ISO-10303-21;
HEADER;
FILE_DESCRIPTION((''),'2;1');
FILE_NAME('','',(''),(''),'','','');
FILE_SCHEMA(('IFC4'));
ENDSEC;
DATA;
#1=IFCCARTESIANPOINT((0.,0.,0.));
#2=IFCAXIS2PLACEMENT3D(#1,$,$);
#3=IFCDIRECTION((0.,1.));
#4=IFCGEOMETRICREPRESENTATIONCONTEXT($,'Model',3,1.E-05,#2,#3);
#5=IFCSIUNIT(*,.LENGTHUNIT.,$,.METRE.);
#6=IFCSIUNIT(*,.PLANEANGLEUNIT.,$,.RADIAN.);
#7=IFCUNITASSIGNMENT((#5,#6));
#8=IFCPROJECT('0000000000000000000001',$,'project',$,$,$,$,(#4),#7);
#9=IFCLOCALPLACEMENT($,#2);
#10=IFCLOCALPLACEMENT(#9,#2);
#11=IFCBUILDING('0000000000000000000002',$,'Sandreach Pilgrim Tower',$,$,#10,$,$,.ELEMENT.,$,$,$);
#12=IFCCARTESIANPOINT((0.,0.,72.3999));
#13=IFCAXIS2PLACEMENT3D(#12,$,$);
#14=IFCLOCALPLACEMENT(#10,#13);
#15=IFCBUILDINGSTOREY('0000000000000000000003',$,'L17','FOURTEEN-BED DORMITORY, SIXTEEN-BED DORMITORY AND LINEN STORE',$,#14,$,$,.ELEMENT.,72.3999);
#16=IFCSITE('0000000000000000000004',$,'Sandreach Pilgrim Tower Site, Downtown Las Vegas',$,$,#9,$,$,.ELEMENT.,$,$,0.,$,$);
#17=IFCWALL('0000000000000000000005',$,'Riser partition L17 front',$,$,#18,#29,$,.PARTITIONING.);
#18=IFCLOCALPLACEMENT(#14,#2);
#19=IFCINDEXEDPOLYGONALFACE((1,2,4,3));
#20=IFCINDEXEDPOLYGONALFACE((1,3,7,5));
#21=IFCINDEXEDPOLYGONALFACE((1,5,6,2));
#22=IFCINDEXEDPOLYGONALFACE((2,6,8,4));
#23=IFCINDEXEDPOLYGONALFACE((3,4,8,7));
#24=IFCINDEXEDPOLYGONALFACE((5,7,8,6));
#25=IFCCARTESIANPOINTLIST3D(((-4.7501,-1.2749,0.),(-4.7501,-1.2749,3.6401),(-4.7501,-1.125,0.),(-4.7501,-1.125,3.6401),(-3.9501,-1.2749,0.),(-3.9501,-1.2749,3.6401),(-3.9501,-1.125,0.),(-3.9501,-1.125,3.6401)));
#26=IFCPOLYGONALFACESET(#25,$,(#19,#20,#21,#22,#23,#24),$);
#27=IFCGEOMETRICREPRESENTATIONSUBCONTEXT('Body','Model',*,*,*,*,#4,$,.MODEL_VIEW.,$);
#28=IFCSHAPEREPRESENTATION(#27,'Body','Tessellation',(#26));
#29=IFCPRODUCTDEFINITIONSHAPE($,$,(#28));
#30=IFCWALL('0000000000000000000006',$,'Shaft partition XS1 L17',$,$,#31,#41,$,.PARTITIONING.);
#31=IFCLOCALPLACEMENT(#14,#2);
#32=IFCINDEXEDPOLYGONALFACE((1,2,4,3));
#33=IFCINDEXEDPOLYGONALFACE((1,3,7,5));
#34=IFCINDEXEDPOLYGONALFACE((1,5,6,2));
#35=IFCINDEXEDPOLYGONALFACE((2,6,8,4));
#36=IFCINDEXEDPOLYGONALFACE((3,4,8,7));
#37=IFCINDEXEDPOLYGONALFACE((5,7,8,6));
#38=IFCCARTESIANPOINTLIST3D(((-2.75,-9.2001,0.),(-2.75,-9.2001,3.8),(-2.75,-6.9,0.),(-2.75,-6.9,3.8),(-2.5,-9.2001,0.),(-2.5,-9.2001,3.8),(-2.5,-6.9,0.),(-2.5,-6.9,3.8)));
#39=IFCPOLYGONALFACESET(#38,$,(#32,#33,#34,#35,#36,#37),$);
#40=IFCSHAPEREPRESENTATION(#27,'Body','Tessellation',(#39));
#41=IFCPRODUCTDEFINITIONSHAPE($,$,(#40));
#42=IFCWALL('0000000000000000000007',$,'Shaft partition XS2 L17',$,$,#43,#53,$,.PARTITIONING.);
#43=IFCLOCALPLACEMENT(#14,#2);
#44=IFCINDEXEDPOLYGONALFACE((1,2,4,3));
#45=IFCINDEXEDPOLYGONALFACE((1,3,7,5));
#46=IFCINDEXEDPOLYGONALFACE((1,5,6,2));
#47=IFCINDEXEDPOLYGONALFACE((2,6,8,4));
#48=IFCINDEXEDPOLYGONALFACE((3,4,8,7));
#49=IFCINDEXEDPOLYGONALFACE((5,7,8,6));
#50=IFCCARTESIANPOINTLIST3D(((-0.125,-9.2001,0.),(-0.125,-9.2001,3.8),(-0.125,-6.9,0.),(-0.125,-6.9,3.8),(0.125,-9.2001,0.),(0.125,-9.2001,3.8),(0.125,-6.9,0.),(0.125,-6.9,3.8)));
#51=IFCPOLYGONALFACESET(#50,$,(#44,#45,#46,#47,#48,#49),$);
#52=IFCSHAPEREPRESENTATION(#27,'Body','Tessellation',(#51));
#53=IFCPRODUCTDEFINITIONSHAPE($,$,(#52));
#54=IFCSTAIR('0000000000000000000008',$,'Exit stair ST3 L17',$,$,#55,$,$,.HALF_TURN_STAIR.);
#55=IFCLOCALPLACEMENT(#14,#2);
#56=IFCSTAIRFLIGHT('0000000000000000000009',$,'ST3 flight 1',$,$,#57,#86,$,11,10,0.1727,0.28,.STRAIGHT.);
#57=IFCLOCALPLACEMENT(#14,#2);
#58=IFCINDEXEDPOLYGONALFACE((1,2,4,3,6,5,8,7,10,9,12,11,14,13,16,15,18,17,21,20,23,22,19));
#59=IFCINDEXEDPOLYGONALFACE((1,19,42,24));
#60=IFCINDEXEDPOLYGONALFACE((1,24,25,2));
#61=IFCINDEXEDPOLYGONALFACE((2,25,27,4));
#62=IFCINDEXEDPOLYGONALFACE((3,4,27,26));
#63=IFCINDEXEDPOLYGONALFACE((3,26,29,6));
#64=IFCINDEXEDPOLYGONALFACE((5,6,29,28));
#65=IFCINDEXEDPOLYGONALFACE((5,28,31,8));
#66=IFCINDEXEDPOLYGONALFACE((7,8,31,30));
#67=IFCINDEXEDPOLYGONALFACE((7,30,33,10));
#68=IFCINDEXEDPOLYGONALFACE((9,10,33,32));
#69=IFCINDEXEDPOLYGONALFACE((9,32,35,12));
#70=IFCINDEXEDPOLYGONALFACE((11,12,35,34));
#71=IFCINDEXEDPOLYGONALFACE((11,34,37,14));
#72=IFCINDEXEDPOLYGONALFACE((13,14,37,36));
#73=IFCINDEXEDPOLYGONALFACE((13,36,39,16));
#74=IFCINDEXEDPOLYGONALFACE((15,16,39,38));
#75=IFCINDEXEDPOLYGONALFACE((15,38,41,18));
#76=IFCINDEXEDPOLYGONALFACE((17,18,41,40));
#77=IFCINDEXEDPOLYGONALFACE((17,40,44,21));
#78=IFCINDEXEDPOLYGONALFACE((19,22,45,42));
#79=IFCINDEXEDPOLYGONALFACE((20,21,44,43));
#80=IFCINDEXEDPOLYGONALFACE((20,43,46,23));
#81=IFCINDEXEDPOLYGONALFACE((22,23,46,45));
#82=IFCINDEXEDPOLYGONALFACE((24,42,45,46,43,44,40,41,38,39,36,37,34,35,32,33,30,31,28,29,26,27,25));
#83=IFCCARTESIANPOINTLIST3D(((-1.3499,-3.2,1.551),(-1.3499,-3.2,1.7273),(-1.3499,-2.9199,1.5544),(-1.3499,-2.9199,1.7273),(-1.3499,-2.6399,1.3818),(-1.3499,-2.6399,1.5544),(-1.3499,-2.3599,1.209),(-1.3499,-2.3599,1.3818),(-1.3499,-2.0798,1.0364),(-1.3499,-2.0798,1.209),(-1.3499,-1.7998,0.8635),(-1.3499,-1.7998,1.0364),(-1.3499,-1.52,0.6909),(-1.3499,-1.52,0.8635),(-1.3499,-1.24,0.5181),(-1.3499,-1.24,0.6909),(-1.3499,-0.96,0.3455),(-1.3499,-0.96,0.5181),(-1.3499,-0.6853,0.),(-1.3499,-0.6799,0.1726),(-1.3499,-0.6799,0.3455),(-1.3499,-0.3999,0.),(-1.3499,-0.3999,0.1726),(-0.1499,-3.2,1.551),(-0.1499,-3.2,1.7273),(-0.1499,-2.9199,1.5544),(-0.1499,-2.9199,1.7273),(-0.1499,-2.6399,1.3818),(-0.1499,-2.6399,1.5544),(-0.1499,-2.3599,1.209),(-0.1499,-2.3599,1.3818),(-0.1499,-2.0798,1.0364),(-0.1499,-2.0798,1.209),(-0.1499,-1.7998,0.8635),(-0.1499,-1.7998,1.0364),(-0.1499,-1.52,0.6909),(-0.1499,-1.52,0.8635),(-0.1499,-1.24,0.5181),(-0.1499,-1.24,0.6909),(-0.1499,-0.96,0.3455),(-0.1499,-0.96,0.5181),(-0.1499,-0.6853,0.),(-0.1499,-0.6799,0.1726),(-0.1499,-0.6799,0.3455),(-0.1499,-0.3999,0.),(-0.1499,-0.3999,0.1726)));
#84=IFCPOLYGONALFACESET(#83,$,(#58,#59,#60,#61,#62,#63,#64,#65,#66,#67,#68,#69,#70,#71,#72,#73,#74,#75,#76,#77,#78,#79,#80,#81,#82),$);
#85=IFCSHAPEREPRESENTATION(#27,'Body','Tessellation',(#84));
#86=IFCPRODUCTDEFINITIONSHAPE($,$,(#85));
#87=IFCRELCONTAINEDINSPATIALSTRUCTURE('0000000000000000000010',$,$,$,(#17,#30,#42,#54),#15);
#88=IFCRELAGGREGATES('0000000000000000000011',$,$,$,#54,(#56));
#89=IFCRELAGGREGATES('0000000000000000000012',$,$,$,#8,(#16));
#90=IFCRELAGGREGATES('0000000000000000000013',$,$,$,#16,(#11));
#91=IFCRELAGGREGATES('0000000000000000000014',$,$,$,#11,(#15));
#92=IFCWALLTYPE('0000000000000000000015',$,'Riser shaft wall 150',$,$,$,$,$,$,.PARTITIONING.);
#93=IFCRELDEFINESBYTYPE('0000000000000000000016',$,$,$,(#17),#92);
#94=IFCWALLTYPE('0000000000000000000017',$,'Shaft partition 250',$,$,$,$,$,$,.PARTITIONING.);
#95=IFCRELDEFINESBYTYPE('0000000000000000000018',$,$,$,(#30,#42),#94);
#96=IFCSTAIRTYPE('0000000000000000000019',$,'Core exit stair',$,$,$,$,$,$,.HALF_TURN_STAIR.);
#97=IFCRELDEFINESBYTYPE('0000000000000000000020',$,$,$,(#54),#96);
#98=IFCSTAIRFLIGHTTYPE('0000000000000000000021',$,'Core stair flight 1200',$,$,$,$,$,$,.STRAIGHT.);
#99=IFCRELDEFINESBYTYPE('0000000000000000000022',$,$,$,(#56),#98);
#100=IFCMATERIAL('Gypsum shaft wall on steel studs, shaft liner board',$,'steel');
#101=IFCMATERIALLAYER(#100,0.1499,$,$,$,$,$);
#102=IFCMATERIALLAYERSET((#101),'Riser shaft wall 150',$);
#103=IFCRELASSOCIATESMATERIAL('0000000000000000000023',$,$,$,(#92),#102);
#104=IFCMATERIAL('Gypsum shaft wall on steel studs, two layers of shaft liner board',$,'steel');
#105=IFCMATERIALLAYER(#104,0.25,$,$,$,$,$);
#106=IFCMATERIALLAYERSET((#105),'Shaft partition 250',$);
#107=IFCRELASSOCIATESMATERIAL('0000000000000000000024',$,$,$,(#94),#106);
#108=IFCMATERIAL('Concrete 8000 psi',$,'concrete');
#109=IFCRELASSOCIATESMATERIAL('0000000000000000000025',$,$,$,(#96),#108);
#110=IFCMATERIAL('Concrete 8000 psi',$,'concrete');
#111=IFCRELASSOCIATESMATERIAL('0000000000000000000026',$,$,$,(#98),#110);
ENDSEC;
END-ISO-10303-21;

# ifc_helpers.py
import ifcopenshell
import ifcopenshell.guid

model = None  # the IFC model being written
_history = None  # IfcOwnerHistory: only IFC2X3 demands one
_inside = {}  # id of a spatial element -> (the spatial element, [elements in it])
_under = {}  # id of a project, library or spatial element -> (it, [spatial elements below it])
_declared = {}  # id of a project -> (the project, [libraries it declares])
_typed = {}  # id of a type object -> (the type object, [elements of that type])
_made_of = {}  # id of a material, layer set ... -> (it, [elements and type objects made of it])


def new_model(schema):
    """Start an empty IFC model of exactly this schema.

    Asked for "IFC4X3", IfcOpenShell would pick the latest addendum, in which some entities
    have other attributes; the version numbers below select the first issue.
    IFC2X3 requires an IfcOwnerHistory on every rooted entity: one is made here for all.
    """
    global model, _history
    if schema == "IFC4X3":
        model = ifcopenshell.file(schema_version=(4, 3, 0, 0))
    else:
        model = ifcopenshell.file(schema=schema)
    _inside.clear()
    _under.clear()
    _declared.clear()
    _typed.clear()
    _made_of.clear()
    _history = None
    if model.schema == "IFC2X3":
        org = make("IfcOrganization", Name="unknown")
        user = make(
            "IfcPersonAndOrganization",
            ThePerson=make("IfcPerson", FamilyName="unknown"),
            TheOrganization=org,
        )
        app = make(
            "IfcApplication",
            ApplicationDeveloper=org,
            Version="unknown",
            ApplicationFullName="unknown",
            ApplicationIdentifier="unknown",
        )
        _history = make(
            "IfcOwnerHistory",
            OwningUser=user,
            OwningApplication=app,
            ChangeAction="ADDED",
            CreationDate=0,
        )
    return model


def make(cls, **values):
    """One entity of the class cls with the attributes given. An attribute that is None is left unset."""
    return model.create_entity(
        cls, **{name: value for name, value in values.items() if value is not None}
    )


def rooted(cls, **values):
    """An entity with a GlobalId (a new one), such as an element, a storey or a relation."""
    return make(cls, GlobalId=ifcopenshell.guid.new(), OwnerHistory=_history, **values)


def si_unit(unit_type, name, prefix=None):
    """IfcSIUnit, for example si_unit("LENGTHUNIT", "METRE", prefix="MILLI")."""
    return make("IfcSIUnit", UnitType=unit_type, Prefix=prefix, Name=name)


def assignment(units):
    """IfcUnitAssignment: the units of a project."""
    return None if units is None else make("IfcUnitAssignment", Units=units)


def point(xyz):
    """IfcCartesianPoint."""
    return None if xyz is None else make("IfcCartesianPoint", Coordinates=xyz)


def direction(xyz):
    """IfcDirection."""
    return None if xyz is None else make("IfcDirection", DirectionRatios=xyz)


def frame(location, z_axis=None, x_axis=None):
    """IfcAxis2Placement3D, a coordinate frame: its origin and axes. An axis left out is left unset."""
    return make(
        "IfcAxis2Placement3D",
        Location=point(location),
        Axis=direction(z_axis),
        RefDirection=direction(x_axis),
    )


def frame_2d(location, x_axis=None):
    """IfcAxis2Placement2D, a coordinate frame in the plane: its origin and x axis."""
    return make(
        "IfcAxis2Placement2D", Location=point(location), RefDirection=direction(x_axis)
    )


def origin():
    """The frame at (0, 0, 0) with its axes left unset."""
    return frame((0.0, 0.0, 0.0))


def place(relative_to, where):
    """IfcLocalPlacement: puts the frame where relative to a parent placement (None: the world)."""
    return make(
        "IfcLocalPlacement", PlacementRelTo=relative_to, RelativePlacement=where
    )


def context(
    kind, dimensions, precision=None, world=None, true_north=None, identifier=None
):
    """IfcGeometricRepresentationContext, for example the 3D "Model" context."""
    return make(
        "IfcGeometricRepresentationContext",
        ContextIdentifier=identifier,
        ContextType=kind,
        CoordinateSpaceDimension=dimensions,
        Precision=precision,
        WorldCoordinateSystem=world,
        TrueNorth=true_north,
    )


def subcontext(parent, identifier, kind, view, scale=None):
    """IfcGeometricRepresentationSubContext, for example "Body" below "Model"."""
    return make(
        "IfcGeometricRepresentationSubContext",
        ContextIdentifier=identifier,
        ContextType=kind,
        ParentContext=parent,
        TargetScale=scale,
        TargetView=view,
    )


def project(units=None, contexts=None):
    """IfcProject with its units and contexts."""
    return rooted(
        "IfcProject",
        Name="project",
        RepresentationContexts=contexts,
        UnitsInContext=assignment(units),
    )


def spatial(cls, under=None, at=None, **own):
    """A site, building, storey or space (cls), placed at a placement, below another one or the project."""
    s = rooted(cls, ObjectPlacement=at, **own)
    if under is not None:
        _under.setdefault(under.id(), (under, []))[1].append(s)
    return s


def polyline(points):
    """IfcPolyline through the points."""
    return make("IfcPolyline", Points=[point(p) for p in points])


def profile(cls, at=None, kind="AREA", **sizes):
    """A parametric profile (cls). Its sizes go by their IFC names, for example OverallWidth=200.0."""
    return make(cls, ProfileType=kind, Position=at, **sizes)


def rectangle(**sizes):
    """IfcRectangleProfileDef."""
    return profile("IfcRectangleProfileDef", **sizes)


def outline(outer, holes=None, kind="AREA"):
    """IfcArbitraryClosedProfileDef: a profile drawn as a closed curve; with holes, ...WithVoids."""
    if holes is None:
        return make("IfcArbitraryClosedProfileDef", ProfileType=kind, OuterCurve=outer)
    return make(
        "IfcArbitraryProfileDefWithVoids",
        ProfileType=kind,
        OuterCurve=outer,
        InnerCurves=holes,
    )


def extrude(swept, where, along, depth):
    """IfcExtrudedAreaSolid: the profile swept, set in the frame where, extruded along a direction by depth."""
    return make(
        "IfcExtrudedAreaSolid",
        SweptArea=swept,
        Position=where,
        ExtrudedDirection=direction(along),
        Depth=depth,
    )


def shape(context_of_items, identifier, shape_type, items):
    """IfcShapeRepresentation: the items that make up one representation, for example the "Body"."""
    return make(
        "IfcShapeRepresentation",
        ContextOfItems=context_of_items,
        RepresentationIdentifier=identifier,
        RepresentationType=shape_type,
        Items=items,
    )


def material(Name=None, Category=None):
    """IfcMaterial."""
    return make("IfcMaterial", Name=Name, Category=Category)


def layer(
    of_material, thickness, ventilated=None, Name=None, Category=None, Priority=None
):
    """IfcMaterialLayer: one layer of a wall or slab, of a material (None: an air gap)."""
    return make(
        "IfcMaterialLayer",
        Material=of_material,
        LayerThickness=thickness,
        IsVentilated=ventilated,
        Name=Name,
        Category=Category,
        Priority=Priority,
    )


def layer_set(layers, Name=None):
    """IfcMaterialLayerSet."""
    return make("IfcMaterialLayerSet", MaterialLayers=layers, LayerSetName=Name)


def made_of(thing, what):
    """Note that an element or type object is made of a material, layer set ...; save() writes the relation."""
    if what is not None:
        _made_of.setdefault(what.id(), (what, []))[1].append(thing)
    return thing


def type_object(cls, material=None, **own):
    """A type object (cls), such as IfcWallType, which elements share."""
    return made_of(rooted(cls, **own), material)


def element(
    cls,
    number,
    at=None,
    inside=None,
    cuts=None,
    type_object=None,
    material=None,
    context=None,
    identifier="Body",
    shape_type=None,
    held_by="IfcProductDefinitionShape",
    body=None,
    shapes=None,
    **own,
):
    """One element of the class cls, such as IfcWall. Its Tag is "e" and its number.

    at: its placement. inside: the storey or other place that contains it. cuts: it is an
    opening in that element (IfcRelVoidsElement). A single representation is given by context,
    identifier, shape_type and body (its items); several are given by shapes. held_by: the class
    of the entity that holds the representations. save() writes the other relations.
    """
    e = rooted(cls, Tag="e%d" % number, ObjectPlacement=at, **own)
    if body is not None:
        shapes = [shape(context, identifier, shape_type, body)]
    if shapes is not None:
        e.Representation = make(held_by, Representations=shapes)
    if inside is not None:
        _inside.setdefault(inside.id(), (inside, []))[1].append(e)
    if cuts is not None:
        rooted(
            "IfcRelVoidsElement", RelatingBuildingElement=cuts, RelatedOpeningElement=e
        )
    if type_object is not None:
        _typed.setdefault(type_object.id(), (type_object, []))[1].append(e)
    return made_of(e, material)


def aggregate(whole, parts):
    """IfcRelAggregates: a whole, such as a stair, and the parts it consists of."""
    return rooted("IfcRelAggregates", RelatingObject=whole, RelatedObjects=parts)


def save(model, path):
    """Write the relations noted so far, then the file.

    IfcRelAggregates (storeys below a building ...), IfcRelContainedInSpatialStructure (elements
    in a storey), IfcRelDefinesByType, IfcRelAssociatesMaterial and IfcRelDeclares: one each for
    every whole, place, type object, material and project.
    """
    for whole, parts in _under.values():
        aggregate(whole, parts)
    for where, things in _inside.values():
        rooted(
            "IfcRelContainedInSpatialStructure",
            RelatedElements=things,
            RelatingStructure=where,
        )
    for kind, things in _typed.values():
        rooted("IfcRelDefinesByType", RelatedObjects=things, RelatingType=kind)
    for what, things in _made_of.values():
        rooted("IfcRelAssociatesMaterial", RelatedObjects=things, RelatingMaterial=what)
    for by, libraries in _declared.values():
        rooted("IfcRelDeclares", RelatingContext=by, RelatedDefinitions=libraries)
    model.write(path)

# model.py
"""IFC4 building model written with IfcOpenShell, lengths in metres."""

from ifc_helpers import new_model, si_unit, direction, frame, frame_2d, origin, place, context, subcontext, project, spatial, polyline, rectangle, outline, extrude, material, layer, layer_set, type_object, element, aggregate, save


model = new_model("IFC4")

# Units and contexts
model_context = context("Model", 3, precision=1e-05, world=origin(), true_north=direction((0.0, 1.0)))
body_context = subcontext(model_context, "Body", "Model", "MODEL_VIEW")
ifc_project = project(units=[si_unit("LENGTHUNIT", "METRE"), si_unit("PLANEANGLEUNIT", "RADIAN")], contexts=[model_context])

# Site, building, storey
site_placement = place(None, origin())
site = spatial("IfcSite", under=ifc_project, at=site_placement, Name="Sandreach Pilgrim Tower Site, Downtown Las Vegas", CompositionType="ELEMENT", RefElevation=0.0)
building_placement = place(site_placement, origin())
building = spatial("IfcBuilding", under=site, at=building_placement, Name="Sandreach Pilgrim Tower", CompositionType="ELEMENT")
storey_placement = place(building_placement, frame((0.0, 0.0, 72.3999)))
storey = spatial("IfcBuildingStorey", under=building, at=storey_placement, Name="L17", Description="FOURTEEN-BED DORMITORY, SIXTEEN-BED DORMITORY AND LINEN STORE", CompositionType="ELEMENT", Elevation=72.3999)

# Shared definitions
ifc_material_1 = material(Name="Gypsum shaft wall on steel studs, shaft liner board", Category="steel")
ifc_layer_1 = layer(ifc_material_1, 0.1499)
ifc_layer_set_1 = layer_set([ifc_layer_1], Name="Riser shaft wall 150")
wall_type_1 = type_object("IfcWallType", Name="Riser shaft wall 150", PredefinedType="PARTITIONING", material=ifc_layer_set_1)

# Walls
wall_1_placement = place(storey_placement, frame((-4.75, -1.2, 0.0), z_axis=(0.0, 0.0, 1.0), x_axis=(1.0, 0.0, 0.0)))
element("IfcWall", 1, at=wall_1_placement, inside=storey, type_object=wall_type_1, Name="Riser partition L17 front", PredefinedType="PARTITIONING", context=body_context, shape_type="SweptSolid", body=[
    extrude(rectangle(XDim=0.8, YDim=0.1499, at=frame_2d((0.3999, 0.0))), origin(), (0.0, 0.0, 1.0), 3.6401),
])
ifc_material_2 = material(Name="Gypsum shaft wall on steel studs, two layers of shaft liner board", Category="steel")
ifc_layer_2 = layer(ifc_material_2, 0.25)
ifc_layer_set_2 = layer_set([ifc_layer_2], Name="Shaft partition 250")
wall_type_2 = type_object("IfcWallType", Name="Shaft partition 250", PredefinedType="PARTITIONING", material=ifc_layer_set_2)
for number, where, z_axis, x_axis, name in (
    (2, (-2.625, -9.2, 0.0), (0.0, 0.0, 1.0), (0.0, 1.0, 0.0), "Shaft partition XS1 L17"),
    (3, (0.0, -9.2, 0.0), (0.0, 0.0, 1.0), (0.0, 1.0, 0.0), "Shaft partition XS2 L17"),
):
    element("IfcWall", number, at=place(storey_placement, frame(where, z_axis=z_axis, x_axis=x_axis)), inside=storey, type_object=wall_type_2, Name=name, PredefinedType="PARTITIONING", context=body_context, shape_type="SweptSolid", body=[
        extrude(rectangle(XDim=2.3, YDim=0.25, at=frame_2d((1.1499, 0.0))), origin(), (0.0, 0.0, 1.0), 3.8),
    ])

# Stair, stair flight
ifc_material_3 = material(Name="Concrete 8000 psi", Category="concrete")
stair_type = type_object("IfcStairType", Name="Core exit stair", PredefinedType="HALF_TURN_STAIR", material=ifc_material_3)
stair_placement = place(storey_placement, origin())
stair = element("IfcStair", 4, at=stair_placement, inside=storey, type_object=stair_type, Name="Exit stair ST3 L17", PredefinedType="HALF_TURN_STAIR")
ifc_material_4 = material(Name="Concrete 8000 psi", Category="concrete")
stair_flight_type = type_object("IfcStairFlightType", Name="Core stair flight 1200", PredefinedType="STRAIGHT", material=ifc_material_4)
stair_flight_placement = place(storey_placement, frame((-0.75, -0.3999, 0.0), z_axis=(0.0, 0.0, 1.0), x_axis=(0.0, -1.0, 0.0)))
stair_flight = element("IfcStairFlight", 5, at=stair_flight_placement, type_object=stair_flight_type, Name="ST3 flight 1", NumberOfRisers=11, NumberOfTreads=10, PredefinedType="STRAIGHT", RiserHeight=0.1727, TreadLength=0.28, context=body_context, shape_type="SweptSolid", body=[
    extrude(outline(polyline([(0.0, 0.0), (0.0, 0.1726), (0.28, 0.1726), (0.28, 0.3455), (0.5601, 0.3455), (0.5601, 0.5181), (0.8401, 0.5181), (0.8401, 0.6909), (1.1201, 0.6909), (1.1201, 0.8635), (1.3999, 0.8635), (1.3999, 1.0364), (1.6799, 1.0364), (1.6799, 1.209), (1.96, 1.209), (1.96, 1.3818), (2.24, 1.3818), (2.24, 1.5544), (2.52, 1.5544), (2.52, 1.7273), (2.8, 1.7273), (2.8, 1.8999), (2.8, 1.551), (0.2854, 0.0), (0.0, 0.0)])), frame((0.0, 0.6001, 0.0), z_axis=(0.0, -1.0, 0.0), x_axis=(1.0, 0.0, 0.0)), (0.0, 0.0, 1.0), 1.2),
])
aggregate(stair, [stair_flight])

save(model, "model.ifc")
